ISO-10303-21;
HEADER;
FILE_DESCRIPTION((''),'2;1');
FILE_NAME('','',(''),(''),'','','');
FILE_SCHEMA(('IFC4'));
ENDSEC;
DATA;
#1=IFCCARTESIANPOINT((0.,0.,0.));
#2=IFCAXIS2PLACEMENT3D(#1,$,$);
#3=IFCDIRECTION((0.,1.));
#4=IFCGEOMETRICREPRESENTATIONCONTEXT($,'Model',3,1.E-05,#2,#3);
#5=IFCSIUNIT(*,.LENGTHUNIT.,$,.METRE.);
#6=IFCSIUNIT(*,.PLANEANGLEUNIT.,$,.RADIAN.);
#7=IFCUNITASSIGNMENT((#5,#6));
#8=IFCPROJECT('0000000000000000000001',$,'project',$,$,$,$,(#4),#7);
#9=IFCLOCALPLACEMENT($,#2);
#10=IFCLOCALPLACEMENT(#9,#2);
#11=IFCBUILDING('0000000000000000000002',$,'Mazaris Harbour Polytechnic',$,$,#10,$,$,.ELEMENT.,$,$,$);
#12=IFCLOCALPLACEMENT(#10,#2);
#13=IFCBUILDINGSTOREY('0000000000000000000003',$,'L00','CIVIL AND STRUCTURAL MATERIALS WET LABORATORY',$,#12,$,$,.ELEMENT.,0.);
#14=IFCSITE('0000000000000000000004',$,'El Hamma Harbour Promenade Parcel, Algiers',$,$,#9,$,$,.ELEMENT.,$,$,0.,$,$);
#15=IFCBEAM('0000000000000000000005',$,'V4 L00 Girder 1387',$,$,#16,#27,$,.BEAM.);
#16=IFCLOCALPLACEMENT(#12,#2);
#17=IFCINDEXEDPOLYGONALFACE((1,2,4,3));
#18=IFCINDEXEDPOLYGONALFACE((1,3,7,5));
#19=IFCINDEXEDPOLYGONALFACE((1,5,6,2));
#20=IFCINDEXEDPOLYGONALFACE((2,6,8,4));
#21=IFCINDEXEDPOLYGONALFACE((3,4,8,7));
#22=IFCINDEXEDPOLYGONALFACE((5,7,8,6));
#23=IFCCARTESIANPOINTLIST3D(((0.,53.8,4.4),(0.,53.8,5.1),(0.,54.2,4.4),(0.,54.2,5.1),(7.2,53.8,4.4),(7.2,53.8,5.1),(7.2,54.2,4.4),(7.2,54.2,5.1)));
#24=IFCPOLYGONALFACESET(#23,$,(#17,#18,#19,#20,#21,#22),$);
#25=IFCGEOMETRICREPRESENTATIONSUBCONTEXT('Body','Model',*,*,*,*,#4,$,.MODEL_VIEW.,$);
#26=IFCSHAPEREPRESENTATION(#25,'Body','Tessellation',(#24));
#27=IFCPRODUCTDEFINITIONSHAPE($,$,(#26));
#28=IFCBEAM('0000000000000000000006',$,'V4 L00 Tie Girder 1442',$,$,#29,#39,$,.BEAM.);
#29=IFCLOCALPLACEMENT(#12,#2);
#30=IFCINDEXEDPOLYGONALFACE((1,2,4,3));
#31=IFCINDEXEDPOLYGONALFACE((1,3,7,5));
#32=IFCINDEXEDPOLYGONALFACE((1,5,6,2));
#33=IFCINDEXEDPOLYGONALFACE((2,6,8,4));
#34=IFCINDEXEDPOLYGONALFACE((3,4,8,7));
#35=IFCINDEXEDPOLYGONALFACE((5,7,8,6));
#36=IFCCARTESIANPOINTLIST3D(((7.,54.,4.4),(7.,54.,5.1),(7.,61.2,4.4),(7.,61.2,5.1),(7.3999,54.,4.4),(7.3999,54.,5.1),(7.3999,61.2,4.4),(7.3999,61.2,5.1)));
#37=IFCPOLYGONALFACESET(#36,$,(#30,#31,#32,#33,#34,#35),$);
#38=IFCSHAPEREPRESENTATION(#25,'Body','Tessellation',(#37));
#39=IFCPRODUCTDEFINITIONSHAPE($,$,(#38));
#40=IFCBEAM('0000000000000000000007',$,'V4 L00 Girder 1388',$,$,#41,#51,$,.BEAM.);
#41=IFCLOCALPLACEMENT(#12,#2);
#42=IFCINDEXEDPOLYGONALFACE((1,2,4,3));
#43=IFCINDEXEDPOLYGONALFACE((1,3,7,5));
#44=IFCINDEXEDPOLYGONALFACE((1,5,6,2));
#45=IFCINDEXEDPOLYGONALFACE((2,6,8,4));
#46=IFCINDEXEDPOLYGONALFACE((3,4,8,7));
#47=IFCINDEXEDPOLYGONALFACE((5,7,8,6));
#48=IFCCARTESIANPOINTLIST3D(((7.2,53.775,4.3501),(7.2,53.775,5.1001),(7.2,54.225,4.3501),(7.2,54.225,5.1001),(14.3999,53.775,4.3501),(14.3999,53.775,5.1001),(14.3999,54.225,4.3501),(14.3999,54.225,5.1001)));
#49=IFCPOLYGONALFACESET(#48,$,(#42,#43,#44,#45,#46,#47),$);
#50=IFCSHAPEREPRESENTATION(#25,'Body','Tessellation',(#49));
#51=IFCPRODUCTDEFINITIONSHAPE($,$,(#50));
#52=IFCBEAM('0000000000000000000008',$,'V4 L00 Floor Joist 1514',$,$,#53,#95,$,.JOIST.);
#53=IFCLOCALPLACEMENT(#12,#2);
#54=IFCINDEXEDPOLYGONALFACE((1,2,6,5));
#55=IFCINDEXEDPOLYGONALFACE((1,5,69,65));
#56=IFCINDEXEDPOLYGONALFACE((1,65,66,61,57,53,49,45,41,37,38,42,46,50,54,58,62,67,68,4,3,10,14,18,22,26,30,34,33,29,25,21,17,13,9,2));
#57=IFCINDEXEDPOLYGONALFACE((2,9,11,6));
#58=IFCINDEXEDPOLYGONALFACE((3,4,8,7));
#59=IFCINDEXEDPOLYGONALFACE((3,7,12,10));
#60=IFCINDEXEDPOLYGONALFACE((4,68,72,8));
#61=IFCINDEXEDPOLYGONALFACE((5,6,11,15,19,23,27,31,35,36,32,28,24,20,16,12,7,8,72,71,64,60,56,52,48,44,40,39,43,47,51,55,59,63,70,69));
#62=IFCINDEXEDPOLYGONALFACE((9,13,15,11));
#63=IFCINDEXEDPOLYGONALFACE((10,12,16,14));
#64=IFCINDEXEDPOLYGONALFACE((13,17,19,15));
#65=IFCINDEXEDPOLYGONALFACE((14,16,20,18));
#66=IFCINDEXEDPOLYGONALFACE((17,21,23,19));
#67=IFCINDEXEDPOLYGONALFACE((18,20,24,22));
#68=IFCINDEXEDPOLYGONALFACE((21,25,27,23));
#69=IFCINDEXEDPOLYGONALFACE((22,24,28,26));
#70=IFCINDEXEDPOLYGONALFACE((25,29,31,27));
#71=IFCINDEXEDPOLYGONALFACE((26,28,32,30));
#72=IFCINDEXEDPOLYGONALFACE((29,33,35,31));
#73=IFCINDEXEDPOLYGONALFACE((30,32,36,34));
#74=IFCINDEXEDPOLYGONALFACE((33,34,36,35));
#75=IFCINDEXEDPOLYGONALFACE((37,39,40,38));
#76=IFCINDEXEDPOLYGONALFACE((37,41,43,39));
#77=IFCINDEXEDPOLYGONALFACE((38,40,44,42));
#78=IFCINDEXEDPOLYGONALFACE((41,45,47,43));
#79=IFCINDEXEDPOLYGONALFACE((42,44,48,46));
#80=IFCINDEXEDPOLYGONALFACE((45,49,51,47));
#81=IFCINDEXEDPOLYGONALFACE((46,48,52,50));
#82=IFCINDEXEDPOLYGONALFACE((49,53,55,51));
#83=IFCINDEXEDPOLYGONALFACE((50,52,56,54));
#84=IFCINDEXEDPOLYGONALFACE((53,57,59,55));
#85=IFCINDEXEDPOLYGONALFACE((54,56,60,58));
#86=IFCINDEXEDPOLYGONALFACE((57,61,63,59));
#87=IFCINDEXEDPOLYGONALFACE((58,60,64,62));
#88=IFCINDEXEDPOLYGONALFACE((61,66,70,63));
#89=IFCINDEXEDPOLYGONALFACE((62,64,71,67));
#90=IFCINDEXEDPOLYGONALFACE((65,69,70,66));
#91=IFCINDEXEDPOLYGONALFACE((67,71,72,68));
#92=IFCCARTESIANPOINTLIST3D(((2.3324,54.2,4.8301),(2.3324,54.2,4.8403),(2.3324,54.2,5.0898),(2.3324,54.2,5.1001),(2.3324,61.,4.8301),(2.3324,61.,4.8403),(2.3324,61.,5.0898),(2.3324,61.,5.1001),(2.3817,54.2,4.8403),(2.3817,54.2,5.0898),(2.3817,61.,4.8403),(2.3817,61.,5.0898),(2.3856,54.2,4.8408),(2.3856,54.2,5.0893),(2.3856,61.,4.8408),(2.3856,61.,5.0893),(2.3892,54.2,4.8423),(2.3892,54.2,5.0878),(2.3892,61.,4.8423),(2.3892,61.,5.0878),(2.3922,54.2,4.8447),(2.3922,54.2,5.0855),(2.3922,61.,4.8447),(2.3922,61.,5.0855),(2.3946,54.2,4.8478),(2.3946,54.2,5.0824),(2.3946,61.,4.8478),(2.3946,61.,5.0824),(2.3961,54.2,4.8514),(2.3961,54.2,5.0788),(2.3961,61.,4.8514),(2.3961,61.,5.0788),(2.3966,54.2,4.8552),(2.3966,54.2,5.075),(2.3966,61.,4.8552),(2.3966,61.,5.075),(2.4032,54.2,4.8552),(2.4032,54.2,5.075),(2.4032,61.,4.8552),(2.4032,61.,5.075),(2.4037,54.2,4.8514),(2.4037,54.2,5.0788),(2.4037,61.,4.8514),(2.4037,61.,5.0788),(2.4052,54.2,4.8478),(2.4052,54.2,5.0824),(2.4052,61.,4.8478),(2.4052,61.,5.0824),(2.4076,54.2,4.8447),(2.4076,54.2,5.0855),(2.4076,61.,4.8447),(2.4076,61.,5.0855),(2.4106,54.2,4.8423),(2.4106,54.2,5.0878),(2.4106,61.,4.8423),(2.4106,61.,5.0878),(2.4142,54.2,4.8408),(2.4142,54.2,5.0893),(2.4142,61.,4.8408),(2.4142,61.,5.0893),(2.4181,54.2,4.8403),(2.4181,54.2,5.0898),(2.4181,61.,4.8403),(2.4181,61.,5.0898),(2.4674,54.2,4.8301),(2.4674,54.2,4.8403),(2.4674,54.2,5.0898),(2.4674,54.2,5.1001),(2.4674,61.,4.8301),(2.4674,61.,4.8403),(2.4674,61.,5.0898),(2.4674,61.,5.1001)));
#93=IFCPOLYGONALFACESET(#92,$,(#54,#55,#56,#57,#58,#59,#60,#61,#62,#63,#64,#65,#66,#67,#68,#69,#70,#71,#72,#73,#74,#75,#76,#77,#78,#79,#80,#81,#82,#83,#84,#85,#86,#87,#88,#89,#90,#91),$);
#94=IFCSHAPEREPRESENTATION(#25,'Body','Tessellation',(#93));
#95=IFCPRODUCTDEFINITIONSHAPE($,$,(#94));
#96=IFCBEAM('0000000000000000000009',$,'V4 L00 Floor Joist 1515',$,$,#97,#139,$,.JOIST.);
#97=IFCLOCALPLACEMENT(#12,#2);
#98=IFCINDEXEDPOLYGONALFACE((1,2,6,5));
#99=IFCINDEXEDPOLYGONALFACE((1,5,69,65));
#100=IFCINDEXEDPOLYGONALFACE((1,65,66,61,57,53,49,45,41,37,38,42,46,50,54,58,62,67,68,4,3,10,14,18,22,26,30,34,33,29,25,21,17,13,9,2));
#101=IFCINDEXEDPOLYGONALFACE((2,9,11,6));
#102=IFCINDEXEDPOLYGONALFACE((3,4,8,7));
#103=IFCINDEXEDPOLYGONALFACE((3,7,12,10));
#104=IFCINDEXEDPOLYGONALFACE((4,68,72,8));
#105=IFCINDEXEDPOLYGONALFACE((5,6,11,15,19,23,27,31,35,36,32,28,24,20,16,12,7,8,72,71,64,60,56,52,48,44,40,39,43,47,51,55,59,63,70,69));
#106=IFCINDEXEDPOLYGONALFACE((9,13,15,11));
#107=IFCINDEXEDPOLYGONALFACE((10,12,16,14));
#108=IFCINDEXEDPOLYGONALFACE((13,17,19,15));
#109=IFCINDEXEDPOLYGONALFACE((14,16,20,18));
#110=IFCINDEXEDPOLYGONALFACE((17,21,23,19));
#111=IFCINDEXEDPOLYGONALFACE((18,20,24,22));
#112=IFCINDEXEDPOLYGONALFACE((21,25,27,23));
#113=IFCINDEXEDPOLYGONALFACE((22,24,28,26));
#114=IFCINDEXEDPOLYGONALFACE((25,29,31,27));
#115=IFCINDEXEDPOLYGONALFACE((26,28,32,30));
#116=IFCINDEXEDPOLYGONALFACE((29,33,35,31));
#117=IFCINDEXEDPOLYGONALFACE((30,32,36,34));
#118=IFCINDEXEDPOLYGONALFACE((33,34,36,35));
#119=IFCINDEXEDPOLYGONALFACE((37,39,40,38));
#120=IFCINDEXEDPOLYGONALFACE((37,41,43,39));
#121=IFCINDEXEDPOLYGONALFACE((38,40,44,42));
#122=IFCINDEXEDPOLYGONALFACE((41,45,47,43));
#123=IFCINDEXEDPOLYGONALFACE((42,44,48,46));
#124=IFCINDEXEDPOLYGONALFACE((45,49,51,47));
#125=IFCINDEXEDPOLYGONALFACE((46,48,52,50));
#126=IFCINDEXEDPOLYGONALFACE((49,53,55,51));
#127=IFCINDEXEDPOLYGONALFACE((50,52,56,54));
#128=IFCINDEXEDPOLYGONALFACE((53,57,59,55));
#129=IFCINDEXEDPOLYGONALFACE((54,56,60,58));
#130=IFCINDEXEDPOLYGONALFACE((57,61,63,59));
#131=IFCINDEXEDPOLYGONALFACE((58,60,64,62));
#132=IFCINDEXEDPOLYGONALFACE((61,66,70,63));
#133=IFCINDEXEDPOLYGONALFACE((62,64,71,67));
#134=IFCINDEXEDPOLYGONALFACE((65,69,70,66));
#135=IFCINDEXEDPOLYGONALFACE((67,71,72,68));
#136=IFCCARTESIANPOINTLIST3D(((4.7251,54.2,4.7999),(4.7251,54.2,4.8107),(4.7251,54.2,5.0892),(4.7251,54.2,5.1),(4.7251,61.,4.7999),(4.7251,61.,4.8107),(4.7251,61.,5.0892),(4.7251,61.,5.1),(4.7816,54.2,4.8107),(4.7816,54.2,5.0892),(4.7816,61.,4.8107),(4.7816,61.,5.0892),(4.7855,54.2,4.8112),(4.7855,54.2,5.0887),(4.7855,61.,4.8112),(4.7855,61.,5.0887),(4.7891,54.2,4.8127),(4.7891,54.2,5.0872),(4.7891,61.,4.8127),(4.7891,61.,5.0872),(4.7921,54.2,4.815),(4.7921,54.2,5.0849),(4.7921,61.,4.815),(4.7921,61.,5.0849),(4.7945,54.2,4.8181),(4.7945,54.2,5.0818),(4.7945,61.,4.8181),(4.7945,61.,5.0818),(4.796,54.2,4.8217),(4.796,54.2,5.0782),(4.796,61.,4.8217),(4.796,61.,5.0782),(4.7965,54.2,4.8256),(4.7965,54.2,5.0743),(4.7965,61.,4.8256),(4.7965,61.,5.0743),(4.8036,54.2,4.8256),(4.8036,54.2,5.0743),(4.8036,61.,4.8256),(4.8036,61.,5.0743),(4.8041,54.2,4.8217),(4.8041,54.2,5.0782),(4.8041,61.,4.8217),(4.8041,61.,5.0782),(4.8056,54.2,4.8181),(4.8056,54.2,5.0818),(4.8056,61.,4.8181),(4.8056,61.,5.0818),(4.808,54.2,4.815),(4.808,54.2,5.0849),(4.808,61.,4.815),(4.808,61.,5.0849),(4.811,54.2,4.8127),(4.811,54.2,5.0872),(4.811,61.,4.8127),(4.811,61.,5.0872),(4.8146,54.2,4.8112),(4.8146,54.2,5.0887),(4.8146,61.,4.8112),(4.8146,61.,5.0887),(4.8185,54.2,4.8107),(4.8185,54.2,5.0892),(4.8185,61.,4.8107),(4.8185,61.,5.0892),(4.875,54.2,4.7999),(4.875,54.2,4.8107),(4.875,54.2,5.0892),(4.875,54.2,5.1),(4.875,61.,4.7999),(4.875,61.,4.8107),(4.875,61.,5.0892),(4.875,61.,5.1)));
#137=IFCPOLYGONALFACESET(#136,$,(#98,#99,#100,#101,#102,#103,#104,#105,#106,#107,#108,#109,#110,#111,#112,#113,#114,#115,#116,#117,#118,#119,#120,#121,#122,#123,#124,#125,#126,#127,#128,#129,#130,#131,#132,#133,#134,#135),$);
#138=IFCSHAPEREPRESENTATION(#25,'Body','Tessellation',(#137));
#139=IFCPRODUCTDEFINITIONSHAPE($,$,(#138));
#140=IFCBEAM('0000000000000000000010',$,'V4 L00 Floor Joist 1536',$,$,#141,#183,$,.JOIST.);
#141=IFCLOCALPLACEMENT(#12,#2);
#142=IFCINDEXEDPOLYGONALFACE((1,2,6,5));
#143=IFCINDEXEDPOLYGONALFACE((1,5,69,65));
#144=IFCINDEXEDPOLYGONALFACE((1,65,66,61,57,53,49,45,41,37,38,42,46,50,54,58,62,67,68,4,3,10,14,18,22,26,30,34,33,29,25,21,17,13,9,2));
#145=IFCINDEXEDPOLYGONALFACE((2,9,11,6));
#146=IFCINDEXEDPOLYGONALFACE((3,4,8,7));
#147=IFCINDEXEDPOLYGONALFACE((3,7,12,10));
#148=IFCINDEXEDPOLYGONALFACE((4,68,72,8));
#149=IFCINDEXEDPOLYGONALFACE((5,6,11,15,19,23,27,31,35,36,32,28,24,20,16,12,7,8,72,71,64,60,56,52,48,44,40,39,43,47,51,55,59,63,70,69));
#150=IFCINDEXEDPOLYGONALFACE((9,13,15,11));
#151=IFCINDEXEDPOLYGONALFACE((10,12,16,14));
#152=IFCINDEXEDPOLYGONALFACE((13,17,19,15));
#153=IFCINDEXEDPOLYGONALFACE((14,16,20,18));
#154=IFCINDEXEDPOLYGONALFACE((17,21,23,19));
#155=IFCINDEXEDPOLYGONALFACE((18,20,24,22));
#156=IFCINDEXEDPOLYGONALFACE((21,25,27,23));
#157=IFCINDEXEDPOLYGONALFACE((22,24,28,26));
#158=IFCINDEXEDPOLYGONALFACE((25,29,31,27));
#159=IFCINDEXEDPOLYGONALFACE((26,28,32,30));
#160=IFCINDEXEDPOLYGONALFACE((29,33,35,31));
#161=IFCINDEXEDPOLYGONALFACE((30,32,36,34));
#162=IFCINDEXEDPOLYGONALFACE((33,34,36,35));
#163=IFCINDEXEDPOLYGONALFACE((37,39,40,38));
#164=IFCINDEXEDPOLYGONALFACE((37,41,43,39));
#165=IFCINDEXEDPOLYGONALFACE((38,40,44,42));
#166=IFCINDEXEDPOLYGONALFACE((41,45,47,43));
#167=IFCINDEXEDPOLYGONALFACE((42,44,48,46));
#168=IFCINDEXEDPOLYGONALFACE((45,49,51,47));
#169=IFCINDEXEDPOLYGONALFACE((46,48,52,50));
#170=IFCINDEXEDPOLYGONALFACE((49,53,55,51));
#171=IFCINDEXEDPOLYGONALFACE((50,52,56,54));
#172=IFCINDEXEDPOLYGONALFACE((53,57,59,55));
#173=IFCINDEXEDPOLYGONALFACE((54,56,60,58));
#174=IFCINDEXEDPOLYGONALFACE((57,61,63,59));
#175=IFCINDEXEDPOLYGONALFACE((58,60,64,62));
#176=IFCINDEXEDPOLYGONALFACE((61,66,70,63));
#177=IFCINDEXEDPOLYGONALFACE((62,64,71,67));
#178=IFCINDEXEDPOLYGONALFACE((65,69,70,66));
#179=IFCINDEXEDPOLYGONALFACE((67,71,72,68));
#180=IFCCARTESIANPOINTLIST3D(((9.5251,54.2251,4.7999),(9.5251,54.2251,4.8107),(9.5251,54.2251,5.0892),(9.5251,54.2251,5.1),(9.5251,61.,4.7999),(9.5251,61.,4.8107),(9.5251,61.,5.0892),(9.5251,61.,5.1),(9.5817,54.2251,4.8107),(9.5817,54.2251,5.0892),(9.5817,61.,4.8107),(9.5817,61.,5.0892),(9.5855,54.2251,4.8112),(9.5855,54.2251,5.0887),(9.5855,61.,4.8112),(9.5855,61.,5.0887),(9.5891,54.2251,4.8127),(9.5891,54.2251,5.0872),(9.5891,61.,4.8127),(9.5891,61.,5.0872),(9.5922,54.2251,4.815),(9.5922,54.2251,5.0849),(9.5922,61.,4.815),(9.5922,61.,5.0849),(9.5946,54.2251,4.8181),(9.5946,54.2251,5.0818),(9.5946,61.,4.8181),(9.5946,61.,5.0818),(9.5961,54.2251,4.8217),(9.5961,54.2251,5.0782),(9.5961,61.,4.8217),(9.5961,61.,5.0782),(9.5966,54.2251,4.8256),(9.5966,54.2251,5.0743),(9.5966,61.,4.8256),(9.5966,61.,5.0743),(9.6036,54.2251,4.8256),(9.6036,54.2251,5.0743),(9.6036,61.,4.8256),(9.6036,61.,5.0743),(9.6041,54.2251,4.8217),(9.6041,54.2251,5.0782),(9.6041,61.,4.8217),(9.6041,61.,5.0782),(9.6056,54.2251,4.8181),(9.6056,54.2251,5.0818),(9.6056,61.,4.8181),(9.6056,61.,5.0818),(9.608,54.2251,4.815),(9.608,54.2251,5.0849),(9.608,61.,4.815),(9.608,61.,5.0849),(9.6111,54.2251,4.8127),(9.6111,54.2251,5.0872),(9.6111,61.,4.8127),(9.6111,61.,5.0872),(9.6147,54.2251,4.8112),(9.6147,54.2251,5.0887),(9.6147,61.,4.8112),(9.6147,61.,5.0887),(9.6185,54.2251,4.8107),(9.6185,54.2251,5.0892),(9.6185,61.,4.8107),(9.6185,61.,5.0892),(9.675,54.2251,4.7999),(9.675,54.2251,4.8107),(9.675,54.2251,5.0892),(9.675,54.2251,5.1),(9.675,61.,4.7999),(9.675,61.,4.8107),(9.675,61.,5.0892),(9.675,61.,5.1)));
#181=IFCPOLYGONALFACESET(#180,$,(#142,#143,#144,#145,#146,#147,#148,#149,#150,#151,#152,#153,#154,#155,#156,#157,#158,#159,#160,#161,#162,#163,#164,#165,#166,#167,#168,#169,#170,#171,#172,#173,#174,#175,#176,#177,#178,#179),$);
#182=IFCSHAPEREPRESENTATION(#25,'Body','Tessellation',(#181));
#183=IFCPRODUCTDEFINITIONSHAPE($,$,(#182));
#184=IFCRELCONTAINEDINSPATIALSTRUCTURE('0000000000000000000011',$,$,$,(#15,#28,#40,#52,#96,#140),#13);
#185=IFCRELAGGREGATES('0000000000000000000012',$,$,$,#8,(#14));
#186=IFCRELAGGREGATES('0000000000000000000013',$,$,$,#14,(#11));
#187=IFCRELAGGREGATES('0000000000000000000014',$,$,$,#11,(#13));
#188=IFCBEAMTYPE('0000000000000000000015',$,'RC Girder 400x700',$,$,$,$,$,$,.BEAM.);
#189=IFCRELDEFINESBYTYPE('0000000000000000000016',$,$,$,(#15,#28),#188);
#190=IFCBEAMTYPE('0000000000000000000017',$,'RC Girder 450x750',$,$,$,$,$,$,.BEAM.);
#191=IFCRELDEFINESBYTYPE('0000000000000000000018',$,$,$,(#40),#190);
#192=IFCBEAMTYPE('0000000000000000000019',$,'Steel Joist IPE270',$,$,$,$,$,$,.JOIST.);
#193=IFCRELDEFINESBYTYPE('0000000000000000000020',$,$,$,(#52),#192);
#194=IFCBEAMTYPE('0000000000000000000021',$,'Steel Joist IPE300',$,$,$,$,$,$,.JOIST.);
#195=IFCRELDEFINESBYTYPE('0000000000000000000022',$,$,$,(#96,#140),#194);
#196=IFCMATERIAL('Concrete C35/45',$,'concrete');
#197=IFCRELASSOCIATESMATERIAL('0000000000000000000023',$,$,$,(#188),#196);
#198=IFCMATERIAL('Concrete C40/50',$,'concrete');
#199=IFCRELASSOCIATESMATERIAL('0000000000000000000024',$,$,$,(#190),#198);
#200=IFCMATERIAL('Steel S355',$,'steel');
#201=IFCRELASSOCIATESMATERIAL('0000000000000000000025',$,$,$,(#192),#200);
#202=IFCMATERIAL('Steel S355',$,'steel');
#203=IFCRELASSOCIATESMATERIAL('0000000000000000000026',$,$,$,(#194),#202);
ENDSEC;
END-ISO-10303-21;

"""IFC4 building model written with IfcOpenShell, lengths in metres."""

from ifc_helpers import new_model, si_unit, direction, frame, origin, origin_2d, place, context, subcontext, project, spatial, rectangle, i_section, extrude, material, material_profile, profile_set, type_object, element, save


model = new_model("IFC4")

# Units and contexts
model_context = context("Model", 3, precision=1e-05, world=origin(), true_north=direction((0.0, 1.0)))
body_context = subcontext(model_context, "Body", "Model", "MODEL_VIEW")
ifc_project = project(units=[si_unit("LENGTHUNIT", "METRE"), si_unit("PLANEANGLEUNIT", "RADIAN")], contexts=[model_context])

# Site, building, storey
site_placement = place(None, origin())
site = spatial("IfcSite", under=ifc_project, at=site_placement, Name="El Hamma Harbour Promenade Parcel, Algiers", CompositionType="ELEMENT", RefElevation=0.0)
building_placement = place(site_placement, origin())
building = spatial("IfcBuilding", under=site, at=building_placement, Name="Mazaris Harbour Polytechnic", CompositionType="ELEMENT")
storey_placement = place(building_placement, origin())
storey = spatial("IfcBuildingStorey", under=building, at=storey_placement, Name="L00", Description="CIVIL AND STRUCTURAL MATERIALS WET LABORATORY", CompositionType="ELEMENT", Elevation=0.0)

# Beams
ifc_material_1 = material(Name="Concrete C35/45", Category="concrete")
ifc_material_profile_1 = material_profile(ifc_material_1, rectangle(XDim=0.3999, YDim=0.7, at=origin_2d()), Name="RECT400x700")
ifc_profile_set_1 = profile_set([ifc_material_profile_1], Name="Concrete C35/45")
beam_type_1 = type_object("IfcBeamType", Name="RC Girder 400x700", PredefinedType="BEAM", material=ifc_profile_set_1)
for number, where, z_axis, x_axis, name in (
    (1, (0.0, 54.0, 4.75), (1.0, 0.0, 0.0), (0.0, 1.0, 0.0), "V4 L00 Girder 1387"),
    (2, (7.2, 54.0, 4.75), (0.0, 1.0, 0.0), (-1.0, 0.0, 0.0), "V4 L00 Tie Girder 1442"),
):
    element("IfcBeam", number, at=place(storey_placement, frame(where, z_axis=z_axis, x_axis=x_axis)), inside=storey, type_object=beam_type_1, Name=name, PredefinedType="BEAM", context=body_context, shape_type="SweptSolid", body=[
        extrude(rectangle(XDim=0.3999, YDim=0.7, at=origin_2d()), origin(), (0.0, 0.0, 1.0), 7.2),
    ])
ifc_material_2 = material(Name="Concrete C40/50", Category="concrete")
ifc_material_profile_2 = material_profile(ifc_material_2, rectangle(XDim=0.45, YDim=0.75, at=origin_2d()), Name="RECT450x750")
ifc_profile_set_2 = profile_set([ifc_material_profile_2], Name="Concrete C40/50")
beam_type_2 = type_object("IfcBeamType", Name="RC Girder 450x750", PredefinedType="BEAM", material=ifc_profile_set_2)
beam_1_placement = place(storey_placement, frame((7.2, 54.0, 4.7251), z_axis=(1.0, 0.0, 0.0), x_axis=(0.0, 1.0, 0.0)))
element("IfcBeam", 3, at=beam_1_placement, inside=storey, type_object=beam_type_2, Name="V4 L00 Girder 1388", PredefinedType="BEAM", context=body_context, shape_type="SweptSolid", body=[
    extrude(rectangle(XDim=0.45, YDim=0.75, at=origin_2d()), origin(), (0.0, 0.0, 1.0), 7.2),
])
ifc_material_3 = material(Name="Steel S355", Category="steel")
ifc_material_profile_3 = material_profile(ifc_material_3, i_section(OverallWidth=0.135, OverallDepth=0.27, WebThickness=0.0066, FlangeThickness=0.0103, FilletRadius=0.0149, at=origin_2d()), Name="IPE 270")
ifc_profile_set_3 = profile_set([ifc_material_profile_3], Name="Steel S355")
beam_type_3 = type_object("IfcBeamType", Name="Steel Joist IPE270", PredefinedType="JOIST", material=ifc_profile_set_3)
beam_2_placement = place(storey_placement, frame((2.3999, 54.2, 4.9651), z_axis=(0.0, 1.0, 0.0), x_axis=(-1.0, 0.0, 0.0)))
element("IfcBeam", 4, at=beam_2_placement, inside=storey, type_object=beam_type_3, Name="V4 L00 Floor Joist 1514", PredefinedType="JOIST", context=body_context, shape_type="SweptSolid", body=[
    extrude(i_section(OverallWidth=0.135, OverallDepth=0.27, WebThickness=0.0066, FlangeThickness=0.0103, FilletRadius=0.0149, at=origin_2d()), origin(), (0.0, 0.0, 1.0), 6.8),
])
ifc_material_4 = material(Name="Steel S355", Category="steel")
ifc_material_profile_4 = material_profile(ifc_material_4, i_section(OverallWidth=0.1499, OverallDepth=0.3, WebThickness=0.0071, FlangeThickness=0.0107, FilletRadius=0.0149, at=origin_2d()), Name="IPE 300")
ifc_profile_set_4 = profile_set([ifc_material_profile_4], Name="Steel S355")
beam_type_4 = type_object("IfcBeamType", Name="Steel Joist IPE300", PredefinedType="JOIST", material=ifc_profile_set_4)
beam_3_placement = place(storey_placement, frame((4.8, 54.2, 4.95), z_axis=(0.0, 1.0, 0.0), x_axis=(-1.0, 0.0, 0.0)))
element("IfcBeam", 5, at=beam_3_placement, inside=storey, type_object=beam_type_4, Name="V4 L00 Floor Joist 1515", PredefinedType="JOIST", context=body_context, shape_type="SweptSolid", body=[
    extrude(i_section(OverallWidth=0.1499, OverallDepth=0.3, WebThickness=0.0071, FlangeThickness=0.0107, FilletRadius=0.0149, at=origin_2d()), origin(), (0.0, 0.0, 1.0), 6.8),
])
beam_4_placement = place(storey_placement, frame((9.6001, 54.2251, 4.95), z_axis=(0.0, 1.0, 0.0), x_axis=(-1.0, 0.0, 0.0)))
element("IfcBeam", 6, at=beam_4_placement, inside=storey, type_object=beam_type_4, Name="V4 L00 Floor Joist 1536", PredefinedType="JOIST", context=body_context, shape_type="SweptSolid", body=[
    extrude(i_section(OverallWidth=0.1499, OverallDepth=0.3, WebThickness=0.0071, FlangeThickness=0.0107, FilletRadius=0.0149, at=origin_2d()), origin(), (0.0, 0.0, 1.0), 6.7749),
])

save(model, "model.ifc")
